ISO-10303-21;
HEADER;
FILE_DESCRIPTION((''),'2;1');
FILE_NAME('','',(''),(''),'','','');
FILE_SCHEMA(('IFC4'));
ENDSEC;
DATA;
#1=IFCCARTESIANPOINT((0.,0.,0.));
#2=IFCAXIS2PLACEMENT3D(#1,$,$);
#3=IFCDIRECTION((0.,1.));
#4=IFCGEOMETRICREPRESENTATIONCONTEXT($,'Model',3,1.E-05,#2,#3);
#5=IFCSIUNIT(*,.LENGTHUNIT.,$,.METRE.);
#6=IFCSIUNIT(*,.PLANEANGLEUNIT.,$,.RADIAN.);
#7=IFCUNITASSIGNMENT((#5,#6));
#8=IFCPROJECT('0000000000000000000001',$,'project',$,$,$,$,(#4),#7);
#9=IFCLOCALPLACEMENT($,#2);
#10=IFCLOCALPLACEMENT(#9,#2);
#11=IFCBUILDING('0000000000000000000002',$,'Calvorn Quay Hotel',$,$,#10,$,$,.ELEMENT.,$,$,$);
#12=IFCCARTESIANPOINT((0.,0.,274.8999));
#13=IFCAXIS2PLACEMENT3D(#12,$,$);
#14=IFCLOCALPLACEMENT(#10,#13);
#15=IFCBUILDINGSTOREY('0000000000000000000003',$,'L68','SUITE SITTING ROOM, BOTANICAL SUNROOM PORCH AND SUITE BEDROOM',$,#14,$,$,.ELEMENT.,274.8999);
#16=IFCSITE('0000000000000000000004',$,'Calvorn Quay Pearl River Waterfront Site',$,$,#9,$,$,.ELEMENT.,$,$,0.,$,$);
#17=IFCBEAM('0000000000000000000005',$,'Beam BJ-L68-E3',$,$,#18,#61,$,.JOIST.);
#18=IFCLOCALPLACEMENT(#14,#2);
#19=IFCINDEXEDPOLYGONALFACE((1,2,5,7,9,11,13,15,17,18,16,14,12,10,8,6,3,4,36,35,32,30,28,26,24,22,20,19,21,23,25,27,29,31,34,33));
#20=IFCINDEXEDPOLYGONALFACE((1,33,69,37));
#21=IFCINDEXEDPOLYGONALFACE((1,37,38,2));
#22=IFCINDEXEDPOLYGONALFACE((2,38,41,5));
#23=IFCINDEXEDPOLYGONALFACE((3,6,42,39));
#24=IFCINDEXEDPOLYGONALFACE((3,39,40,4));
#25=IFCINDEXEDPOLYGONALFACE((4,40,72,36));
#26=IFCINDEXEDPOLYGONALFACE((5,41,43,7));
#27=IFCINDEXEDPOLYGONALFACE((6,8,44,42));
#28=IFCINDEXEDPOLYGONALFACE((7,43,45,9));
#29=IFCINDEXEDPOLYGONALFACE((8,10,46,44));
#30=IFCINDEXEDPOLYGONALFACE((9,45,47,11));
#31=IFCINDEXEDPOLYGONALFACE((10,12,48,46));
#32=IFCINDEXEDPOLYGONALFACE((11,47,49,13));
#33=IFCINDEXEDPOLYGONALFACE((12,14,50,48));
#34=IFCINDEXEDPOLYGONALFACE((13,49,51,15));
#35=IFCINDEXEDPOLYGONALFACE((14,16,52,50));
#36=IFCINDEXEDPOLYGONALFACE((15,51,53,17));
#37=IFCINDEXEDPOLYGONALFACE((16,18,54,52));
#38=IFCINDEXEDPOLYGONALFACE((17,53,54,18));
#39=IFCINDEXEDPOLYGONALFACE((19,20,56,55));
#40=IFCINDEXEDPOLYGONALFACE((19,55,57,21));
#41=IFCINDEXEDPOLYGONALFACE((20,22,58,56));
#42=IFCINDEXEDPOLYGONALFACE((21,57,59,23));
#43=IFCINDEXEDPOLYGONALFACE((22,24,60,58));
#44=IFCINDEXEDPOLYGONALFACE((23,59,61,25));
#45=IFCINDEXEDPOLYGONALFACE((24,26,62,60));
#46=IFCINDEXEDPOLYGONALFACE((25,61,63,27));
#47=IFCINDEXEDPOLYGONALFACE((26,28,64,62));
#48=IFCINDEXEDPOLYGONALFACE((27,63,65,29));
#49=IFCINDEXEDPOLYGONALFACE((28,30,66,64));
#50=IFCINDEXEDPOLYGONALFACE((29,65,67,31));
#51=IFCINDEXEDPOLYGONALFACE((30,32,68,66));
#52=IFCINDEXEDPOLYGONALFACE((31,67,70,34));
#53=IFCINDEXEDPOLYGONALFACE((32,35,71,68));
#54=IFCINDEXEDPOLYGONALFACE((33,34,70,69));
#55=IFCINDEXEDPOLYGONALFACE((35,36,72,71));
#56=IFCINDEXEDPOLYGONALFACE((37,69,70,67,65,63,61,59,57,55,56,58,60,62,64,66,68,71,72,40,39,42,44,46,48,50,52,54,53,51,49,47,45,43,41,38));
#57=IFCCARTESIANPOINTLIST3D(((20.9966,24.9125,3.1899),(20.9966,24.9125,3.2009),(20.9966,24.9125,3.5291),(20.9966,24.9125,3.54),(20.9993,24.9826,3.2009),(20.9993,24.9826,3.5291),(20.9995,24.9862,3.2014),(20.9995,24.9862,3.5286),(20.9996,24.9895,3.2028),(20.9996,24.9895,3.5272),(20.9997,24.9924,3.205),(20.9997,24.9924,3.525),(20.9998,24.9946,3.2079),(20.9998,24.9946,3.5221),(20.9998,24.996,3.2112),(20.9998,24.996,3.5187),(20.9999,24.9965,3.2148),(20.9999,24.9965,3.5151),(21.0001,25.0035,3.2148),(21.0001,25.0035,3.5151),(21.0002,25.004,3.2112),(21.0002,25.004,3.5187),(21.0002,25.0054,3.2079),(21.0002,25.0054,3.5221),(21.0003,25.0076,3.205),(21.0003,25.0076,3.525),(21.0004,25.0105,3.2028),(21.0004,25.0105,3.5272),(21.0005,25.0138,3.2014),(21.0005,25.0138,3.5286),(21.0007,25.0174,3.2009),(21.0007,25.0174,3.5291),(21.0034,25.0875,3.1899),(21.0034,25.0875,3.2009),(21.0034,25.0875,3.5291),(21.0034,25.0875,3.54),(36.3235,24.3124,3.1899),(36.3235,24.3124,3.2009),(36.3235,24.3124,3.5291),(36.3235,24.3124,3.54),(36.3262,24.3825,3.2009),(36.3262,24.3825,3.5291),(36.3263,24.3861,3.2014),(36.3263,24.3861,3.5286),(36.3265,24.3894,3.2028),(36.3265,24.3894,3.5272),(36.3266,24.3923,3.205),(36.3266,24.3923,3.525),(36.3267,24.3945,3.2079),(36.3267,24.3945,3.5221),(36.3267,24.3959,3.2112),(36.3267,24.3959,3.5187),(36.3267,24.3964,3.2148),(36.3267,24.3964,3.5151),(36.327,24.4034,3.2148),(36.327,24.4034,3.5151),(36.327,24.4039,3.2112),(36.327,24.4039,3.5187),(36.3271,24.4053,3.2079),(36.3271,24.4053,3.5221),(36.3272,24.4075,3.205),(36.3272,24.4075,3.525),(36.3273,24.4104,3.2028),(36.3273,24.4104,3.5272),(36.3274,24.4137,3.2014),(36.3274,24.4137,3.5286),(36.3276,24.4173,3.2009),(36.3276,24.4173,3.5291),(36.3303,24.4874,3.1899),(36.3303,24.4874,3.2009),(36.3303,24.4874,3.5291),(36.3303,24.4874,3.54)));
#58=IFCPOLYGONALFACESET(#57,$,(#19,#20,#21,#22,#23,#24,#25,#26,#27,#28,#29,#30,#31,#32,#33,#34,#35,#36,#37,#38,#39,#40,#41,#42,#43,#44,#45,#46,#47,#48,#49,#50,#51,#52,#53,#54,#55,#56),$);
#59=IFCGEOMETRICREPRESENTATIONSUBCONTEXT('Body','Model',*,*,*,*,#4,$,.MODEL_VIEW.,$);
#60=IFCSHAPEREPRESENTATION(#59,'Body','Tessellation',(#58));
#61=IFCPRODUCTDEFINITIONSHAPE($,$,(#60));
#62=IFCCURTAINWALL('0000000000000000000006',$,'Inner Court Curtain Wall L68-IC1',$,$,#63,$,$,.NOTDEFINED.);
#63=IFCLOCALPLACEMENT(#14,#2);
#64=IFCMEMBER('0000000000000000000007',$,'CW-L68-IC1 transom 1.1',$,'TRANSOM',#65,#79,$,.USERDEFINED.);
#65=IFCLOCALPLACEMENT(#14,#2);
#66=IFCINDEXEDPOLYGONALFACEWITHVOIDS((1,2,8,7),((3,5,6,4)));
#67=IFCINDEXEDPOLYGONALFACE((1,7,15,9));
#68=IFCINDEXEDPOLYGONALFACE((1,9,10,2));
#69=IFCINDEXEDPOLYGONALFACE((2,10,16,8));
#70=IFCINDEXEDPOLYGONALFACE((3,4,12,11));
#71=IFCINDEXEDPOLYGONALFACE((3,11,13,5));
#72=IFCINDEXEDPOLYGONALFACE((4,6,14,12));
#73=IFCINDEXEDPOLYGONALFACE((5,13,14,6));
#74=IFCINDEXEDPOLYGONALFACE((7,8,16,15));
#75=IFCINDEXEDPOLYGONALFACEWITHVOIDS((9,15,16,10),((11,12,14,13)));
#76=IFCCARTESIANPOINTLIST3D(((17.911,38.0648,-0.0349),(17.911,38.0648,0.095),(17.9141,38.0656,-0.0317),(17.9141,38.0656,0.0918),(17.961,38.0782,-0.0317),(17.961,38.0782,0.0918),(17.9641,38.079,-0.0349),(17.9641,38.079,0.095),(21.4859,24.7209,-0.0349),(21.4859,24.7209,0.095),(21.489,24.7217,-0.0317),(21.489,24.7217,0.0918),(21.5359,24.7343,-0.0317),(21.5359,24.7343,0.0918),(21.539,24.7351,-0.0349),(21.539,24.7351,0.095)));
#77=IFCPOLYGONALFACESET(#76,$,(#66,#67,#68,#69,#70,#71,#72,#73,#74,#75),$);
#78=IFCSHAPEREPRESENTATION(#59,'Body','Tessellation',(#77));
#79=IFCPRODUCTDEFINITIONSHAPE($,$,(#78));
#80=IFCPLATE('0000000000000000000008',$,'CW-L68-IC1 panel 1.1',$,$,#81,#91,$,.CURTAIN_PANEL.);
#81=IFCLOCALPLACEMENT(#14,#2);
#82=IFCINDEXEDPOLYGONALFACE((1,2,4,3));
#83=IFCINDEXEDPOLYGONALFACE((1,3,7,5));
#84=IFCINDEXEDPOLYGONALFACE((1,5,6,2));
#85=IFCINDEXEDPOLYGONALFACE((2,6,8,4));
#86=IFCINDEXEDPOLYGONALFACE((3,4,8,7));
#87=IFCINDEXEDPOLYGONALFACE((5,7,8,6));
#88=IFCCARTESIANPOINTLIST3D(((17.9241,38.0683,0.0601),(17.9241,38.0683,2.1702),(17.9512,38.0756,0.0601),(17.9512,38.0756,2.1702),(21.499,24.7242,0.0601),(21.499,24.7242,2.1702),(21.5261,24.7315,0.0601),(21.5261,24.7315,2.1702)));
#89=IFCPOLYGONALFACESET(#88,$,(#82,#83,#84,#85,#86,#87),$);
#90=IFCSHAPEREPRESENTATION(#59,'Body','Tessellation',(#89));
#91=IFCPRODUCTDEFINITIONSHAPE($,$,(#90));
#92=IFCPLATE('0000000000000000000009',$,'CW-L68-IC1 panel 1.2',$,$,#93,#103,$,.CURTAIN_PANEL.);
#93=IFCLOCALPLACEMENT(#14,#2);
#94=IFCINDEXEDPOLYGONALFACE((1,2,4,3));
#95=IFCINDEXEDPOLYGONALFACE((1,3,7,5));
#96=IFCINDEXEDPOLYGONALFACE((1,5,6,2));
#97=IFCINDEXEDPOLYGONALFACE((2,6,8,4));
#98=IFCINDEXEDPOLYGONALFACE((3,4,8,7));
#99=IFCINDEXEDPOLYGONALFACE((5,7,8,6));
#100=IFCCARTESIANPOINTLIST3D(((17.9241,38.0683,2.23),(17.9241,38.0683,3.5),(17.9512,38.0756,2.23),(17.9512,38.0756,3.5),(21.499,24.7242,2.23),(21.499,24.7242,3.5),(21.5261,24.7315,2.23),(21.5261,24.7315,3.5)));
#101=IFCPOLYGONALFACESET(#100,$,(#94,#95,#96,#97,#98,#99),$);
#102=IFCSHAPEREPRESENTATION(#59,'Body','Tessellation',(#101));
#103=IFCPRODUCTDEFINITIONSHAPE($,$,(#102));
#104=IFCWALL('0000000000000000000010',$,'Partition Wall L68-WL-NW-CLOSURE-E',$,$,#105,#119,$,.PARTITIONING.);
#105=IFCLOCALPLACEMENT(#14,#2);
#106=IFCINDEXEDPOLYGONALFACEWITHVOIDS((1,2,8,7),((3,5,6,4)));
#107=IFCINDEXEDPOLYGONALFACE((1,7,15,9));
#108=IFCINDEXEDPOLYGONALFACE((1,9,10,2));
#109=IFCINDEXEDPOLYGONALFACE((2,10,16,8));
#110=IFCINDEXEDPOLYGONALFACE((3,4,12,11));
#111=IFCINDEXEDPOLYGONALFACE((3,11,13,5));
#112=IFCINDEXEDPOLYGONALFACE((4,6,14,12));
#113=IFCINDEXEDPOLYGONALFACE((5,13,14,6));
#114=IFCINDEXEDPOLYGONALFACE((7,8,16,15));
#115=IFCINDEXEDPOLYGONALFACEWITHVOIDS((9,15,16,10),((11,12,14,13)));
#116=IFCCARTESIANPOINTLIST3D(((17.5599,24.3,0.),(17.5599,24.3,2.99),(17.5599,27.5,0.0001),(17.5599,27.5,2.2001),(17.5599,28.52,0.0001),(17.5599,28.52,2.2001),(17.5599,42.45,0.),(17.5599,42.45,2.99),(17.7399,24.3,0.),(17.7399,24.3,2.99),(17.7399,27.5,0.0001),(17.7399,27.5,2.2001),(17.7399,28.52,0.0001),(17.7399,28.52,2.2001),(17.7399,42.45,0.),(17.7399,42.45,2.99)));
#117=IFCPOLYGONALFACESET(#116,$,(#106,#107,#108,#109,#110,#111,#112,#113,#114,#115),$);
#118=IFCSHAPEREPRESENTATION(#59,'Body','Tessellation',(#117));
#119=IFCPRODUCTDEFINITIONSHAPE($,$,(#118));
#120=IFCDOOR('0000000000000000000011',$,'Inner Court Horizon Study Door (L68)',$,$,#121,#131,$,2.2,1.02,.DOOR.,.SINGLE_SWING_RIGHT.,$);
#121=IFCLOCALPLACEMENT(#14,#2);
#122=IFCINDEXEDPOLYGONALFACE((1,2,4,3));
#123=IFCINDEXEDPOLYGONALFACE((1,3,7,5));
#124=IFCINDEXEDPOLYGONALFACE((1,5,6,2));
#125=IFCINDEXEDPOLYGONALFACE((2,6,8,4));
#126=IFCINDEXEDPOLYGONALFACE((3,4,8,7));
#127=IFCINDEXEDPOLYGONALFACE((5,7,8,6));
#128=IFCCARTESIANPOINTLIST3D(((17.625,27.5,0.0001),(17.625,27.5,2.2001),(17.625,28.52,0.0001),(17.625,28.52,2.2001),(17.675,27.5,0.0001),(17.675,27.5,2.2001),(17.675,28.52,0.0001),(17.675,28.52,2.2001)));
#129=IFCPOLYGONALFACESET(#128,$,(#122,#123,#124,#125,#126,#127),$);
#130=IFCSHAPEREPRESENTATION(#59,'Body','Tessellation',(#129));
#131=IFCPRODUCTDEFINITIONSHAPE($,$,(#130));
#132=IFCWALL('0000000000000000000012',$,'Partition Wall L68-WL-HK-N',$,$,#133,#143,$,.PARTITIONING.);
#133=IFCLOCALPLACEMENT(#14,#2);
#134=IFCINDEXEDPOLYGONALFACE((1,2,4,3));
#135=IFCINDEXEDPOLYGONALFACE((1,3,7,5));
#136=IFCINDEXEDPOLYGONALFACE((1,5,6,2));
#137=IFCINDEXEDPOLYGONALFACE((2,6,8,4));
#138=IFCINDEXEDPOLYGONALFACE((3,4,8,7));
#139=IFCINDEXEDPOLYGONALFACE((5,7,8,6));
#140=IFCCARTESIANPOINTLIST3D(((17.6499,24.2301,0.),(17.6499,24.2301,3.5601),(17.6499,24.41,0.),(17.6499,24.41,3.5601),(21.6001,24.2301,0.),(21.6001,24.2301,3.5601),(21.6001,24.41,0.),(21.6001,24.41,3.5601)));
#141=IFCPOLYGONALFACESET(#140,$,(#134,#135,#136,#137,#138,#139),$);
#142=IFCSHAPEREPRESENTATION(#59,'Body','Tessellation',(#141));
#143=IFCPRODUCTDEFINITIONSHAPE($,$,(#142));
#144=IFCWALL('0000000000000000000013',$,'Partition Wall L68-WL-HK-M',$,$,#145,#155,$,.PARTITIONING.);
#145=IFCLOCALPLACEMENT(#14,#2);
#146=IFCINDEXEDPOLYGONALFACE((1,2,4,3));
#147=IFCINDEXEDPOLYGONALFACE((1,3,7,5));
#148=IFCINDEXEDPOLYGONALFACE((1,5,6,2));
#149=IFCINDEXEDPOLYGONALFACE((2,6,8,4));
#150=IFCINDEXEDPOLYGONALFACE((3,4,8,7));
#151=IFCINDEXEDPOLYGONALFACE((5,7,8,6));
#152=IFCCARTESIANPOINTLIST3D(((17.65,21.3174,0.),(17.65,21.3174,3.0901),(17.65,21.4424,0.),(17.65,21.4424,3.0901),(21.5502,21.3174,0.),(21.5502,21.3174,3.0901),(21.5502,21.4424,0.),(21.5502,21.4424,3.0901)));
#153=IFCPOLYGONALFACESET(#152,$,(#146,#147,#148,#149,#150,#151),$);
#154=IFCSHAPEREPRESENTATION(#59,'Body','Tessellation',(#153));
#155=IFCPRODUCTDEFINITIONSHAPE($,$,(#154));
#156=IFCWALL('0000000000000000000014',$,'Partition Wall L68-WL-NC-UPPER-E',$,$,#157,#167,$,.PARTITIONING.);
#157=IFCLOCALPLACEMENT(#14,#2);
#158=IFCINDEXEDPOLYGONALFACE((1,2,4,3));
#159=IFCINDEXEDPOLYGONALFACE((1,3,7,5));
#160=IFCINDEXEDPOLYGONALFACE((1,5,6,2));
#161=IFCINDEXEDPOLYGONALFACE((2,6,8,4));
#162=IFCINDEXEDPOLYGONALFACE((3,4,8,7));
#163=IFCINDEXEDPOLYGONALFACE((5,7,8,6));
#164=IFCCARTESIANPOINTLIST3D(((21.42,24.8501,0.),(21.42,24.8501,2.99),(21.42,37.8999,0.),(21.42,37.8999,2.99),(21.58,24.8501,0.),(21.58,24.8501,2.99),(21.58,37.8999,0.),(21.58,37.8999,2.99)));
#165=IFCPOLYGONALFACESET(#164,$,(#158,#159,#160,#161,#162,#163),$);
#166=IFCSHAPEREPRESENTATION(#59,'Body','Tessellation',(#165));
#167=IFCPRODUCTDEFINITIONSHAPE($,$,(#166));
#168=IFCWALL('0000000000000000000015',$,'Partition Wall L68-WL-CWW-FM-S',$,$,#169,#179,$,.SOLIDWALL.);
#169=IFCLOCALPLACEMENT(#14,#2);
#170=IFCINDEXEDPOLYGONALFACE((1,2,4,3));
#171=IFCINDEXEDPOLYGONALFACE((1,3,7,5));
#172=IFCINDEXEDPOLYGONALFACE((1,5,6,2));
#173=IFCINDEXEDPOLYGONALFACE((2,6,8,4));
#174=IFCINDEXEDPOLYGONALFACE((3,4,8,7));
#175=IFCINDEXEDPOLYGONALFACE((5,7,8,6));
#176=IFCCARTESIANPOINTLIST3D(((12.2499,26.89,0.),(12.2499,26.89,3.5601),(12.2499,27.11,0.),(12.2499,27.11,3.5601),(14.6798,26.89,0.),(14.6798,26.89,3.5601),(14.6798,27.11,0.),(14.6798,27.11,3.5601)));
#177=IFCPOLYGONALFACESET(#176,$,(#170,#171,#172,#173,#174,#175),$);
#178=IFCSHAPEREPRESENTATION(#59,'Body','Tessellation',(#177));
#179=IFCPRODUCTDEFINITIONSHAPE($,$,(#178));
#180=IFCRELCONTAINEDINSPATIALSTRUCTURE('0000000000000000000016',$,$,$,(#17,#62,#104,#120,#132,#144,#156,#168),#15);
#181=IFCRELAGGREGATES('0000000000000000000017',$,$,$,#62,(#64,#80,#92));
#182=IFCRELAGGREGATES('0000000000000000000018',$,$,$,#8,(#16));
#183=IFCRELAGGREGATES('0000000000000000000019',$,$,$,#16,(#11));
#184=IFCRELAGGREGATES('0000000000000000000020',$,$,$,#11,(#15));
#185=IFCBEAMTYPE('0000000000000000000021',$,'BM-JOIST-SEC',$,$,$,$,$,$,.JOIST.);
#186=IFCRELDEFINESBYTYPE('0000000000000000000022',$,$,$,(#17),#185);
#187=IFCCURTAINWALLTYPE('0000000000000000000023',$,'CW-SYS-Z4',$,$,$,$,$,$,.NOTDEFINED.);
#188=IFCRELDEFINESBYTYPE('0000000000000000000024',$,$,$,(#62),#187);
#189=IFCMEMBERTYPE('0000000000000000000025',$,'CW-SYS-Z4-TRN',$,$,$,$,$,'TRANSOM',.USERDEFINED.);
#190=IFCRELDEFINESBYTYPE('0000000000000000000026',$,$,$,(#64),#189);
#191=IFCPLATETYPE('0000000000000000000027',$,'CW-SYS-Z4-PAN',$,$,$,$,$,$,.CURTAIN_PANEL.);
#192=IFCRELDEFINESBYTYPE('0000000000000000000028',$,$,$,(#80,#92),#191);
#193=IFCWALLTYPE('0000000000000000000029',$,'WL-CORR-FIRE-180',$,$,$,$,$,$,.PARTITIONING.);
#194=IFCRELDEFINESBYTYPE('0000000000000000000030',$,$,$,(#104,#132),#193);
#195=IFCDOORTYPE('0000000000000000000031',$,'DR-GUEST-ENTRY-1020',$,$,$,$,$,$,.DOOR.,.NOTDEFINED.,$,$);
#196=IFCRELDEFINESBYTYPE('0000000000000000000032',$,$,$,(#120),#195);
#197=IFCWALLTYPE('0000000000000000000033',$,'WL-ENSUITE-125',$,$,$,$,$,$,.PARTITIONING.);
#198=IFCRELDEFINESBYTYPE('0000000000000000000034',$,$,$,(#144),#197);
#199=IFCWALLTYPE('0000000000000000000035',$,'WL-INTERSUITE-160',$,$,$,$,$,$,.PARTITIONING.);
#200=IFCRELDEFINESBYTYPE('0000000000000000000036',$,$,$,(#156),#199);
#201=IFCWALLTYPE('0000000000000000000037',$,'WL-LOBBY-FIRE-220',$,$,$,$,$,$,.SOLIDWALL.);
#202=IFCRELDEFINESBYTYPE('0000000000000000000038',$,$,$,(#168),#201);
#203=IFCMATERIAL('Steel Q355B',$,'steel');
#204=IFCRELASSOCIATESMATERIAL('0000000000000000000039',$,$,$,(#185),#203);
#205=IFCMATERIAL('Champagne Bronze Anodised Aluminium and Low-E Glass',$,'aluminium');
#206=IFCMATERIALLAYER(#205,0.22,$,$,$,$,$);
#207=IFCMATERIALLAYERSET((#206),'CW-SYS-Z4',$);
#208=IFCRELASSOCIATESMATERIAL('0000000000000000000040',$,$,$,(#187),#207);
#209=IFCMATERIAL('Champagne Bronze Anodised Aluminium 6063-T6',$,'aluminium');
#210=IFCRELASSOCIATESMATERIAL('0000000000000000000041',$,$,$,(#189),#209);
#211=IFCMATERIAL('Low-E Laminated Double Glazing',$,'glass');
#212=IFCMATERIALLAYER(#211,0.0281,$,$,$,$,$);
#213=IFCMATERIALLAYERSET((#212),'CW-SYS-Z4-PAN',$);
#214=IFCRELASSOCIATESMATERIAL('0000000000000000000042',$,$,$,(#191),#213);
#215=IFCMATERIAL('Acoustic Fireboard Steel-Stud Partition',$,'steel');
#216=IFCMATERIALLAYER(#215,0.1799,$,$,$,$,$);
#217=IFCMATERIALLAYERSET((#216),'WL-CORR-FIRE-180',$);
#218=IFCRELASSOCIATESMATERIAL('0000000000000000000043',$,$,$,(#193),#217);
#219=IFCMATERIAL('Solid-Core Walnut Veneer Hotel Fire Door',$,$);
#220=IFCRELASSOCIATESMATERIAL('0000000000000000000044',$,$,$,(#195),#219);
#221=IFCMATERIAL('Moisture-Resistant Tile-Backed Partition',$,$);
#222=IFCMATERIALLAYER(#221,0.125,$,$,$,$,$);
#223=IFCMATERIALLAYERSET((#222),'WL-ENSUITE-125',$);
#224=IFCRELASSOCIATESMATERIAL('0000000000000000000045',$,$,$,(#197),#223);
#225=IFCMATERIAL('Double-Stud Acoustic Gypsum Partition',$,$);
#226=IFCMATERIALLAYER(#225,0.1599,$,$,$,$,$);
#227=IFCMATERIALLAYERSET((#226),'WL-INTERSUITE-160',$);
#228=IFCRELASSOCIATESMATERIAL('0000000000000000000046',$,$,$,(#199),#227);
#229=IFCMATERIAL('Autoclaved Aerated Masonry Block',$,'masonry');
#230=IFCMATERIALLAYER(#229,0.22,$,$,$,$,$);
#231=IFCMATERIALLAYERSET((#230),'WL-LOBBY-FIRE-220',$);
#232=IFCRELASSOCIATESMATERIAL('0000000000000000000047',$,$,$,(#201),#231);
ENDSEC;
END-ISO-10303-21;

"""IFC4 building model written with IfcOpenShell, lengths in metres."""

from ifc_helpers import new_model, si_unit, direction, frame, frame_2d, origin, origin_2d, place, context, subcontext, project, spatial, rectangle, hollow_rectangle, i_section, extrude, material, layer, layer_set, material_profile, profile_set, type_object, element, fill, aggregate, save


model = new_model("IFC4")

# Units and contexts
model_context = context("Model", 3, precision=1e-05, world=origin(), true_north=direction((0.0, 1.0)))
body_context = subcontext(model_context, "Body", "Model", "MODEL_VIEW")
ifc_project = project(units=[si_unit("LENGTHUNIT", "METRE"), si_unit("PLANEANGLEUNIT", "RADIAN")], contexts=[model_context])

# Site, building, storey
site_placement = place(None, origin())
site = spatial("IfcSite", under=ifc_project, at=site_placement, Name="Calvorn Quay Pearl River Waterfront Site", CompositionType="ELEMENT", RefElevation=0.0)
building_placement = place(site_placement, origin())
building = spatial("IfcBuilding", under=site, at=building_placement, Name="Calvorn Quay Hotel", CompositionType="ELEMENT")
storey_placement = place(building_placement, frame((0.0, 0.0, 274.8999)))
storey = spatial("IfcBuildingStorey", under=building, at=storey_placement, Name="L68", Description="SUITE SITTING ROOM, BOTANICAL SUNROOM PORCH AND SUITE BEDROOM", CompositionType="ELEMENT", Elevation=274.8999)

# Beam
ifc_material_1 = material(Name="Steel Q355B", Category="steel")
ifc_material_profile_1 = material_profile(ifc_material_1, i_section(OverallWidth=0.175, OverallDepth=0.3501, WebThickness=0.0071, FlangeThickness=0.011, FilletRadius=0.0139, at=origin_2d()), Name="HN350x175x7x11")
ifc_profile_set_1 = profile_set([ifc_material_profile_1], Name="Steel Q355B")
beam_type_1 = type_object("IfcBeamType", Name="BM-JOIST-SEC", PredefinedType="JOIST", material=ifc_profile_set_1)
beam_1_placement = place(storey_placement, frame((21.0, 25.0, 3.365), z_axis=(0.999234, -0.039123, 0.0), x_axis=(0.039123, 0.999234, 0.0)))
element("IfcBeam", 1, at=beam_1_placement, inside=storey, type_object=beam_type_1, Name="Beam BJ-L68-E3", PredefinedType="JOIST", context=body_context, shape_type="SweptSolid", body=[
    extrude(i_section(OverallWidth=0.175, OverallDepth=0.3501, WebThickness=0.0071, FlangeThickness=0.011, FilletRadius=0.0139, at=origin_2d()), origin(), (0.0, 0.0, 1.0), 15.3386),
])

# Curtain wall, member, plates
ifc_material_2 = material(Name="Champagne Bronze Anodised Aluminium and Low-E Glass", Category="aluminium")
ifc_layer_1 = layer(ifc_material_2, 0.22)
ifc_layer_set_1 = layer_set([ifc_layer_1], Name="CW-SYS-Z4")
curtain_wall_type = type_object("IfcCurtainWallType", Name="CW-SYS-Z4", PredefinedType="NOTDEFINED", material=ifc_layer_set_1)
curtain_wall_placement = place(storey_placement, origin())
curtain_wall = element("IfcCurtainWall", 2, at=curtain_wall_placement, inside=storey, type_object=curtain_wall_type, Name="Inner Court Curtain Wall L68-IC1", PredefinedType="NOTDEFINED")
ifc_material_3 = material(Name="Champagne Bronze Anodised Aluminium 6063-T6", Category="aluminium")
ifc_material_profile_2 = material_profile(ifc_material_3, hollow_rectangle(XDim=0.0549, YDim=0.1299, WallThickness=0.0032, at=origin_2d()), Name="ALU-T130x55x3.2")
ifc_profile_set_2 = profile_set([ifc_material_profile_2], Name="Champagne Bronze Anodised Aluminium 6063-T6")
member_type = type_object("IfcMemberType", Name="CW-SYS-Z4-TRN", ElementType="TRANSOM", PredefinedType="USERDEFINED", material=ifc_profile_set_2)
member_placement = place(storey_placement, frame((21.5125, 24.728, 0.03), z_axis=(-0.258781, 0.965936, 0.0), x_axis=(-0.965936, -0.258781, 0.0)))
member = element("IfcMember", 3, at=member_placement, type_object=member_type, Name="CW-L68-IC1 transom 1.1", ObjectType="TRANSOM", PredefinedType="USERDEFINED", context=body_context, shape_type="SweptSolid", body=[
    extrude(hollow_rectangle(XDim=0.0549, YDim=0.1299, WallThickness=0.0032, at=origin_2d()), origin(), (0.0, 0.0, 1.0), 13.8145),
])
ifc_material_4 = material(Name="Low-E Laminated Double Glazing", Category="glass")
ifc_layer_2 = layer(ifc_material_4, 0.0281)
ifc_layer_set_2 = layer_set([ifc_layer_2], Name="CW-SYS-Z4-PAN")
plate_type = type_object("IfcPlateType", Name="CW-SYS-Z4-PAN", PredefinedType="CURTAIN_PANEL", material=ifc_layer_set_2)
plate_1_placement = place(storey_placement, frame((19.7251, 31.3999, 0.0601), z_axis=(0.0, 0.0, 1.0), x_axis=(-0.258779, 0.965937, 0.0)))
plate_1 = element("IfcPlate", 4, at=plate_1_placement, type_object=plate_type, Name="CW-L68-IC1 panel 1.1", PredefinedType="CURTAIN_PANEL", context=body_context, shape_type="SweptSolid", body=[
    extrude(rectangle(XDim=13.8147, YDim=0.0281, at=origin_2d()), origin(), (0.0, 0.0, 1.0), 2.1101),
])
plate_2_placement = place(storey_placement, frame((19.7251, 31.3999, 2.23), z_axis=(0.0, 0.0, 1.0), x_axis=(-0.258779, 0.965937, 0.0)))
plate_2 = element("IfcPlate", 5, at=plate_2_placement, type_object=plate_type, Name="CW-L68-IC1 panel 1.2", PredefinedType="CURTAIN_PANEL", context=body_context, shape_type="SweptSolid", body=[
    extrude(rectangle(XDim=13.8147, YDim=0.0281, at=origin_2d()), origin(), (0.0, 0.0, 1.0), 1.27),
])
aggregate(curtain_wall, [member, plate_1, plate_2])

# Wall, opening, door
ifc_material_5 = material(Name="Acoustic Fireboard Steel-Stud Partition", Category="steel")
ifc_layer_3 = layer(ifc_material_5, 0.1799)
ifc_layer_set_3 = layer_set([ifc_layer_3], Name="WL-CORR-FIRE-180")
wall_type_1 = type_object("IfcWallType", Name="WL-CORR-FIRE-180", PredefinedType="PARTITIONING", material=ifc_layer_set_3)
wall_1_placement = place(storey_placement, frame((17.6499, 24.3, 0.0), z_axis=(0.0, 0.0, 1.0), x_axis=(0.0, 1.0, 0.0)))
wall_1 = element("IfcWall", 6, at=wall_1_placement, inside=storey, type_object=wall_type_1, Name="Partition Wall L68-WL-NW-CLOSURE-E", PredefinedType="PARTITIONING", context=body_context, shape_type="SweptSolid", body=[
    extrude(rectangle(XDim=18.1499, YDim=0.1799, at=frame_2d((9.075, 0.0))), origin(), (0.0, 0.0, 1.0), 2.99),
])
opening_1_placement = place(wall_1_placement, frame((3.2, 0.0, 0.0)))
opening_1 = element("IfcOpeningElement", 7, at=opening_1_placement, cuts=wall_1, PredefinedType="OPENING", context=body_context, shape_type="SweptSolid", body=[
    extrude(rectangle(XDim=1.02, YDim=2.2, at=frame_2d((0.51, 1.1001))), frame((0.0, 0.0999, 0.0), z_axis=(0.0, -1.0, 0.0), x_axis=(1.0, 0.0, 0.0)), (0.0, 0.0, 1.0), 0.2),
])
ifc_material_6 = material(Name="Solid-Core Walnut Veneer Hotel Fire Door")
door_type_1 = type_object("IfcDoorType", Name="DR-GUEST-ENTRY-1020", OperationType="NOTDEFINED", PredefinedType="DOOR", material=ifc_material_6)
door_1_placement = place(opening_1_placement, origin())
door_1 = element("IfcDoor", 8, at=door_1_placement, inside=storey, type_object=door_type_1, Name="Inner Court Horizon Study Door (L68)", OperationType="SINGLE_SWING_RIGHT", OverallHeight=2.2, OverallWidth=1.02, PredefinedType="DOOR", context=body_context, shape_type="SweptSolid", body=[
    extrude(rectangle(XDim=1.02, YDim=2.2, at=frame_2d((0.51, 1.1001))), frame((0.0, 0.0249, 0.0), z_axis=(0.0, -1.0, 0.0), x_axis=(1.0, 0.0, 0.0)), (0.0, 0.0, 1.0), 0.05),
])
fill(opening_1, door_1)

# Walls
wall_2_placement = place(storey_placement, frame((17.6499, 24.3201, 0.0), z_axis=(0.0, 0.0, 1.0), x_axis=(1.0, 0.0, 0.0)))
element("IfcWall", 9, at=wall_2_placement, inside=storey, type_object=wall_type_1, Name="Partition Wall L68-WL-HK-N", PredefinedType="PARTITIONING", context=body_context, shape_type="SweptSolid", body=[
    extrude(rectangle(XDim=3.9502, YDim=0.1799, at=frame_2d((1.9751, 0.0))), origin(), (0.0, 0.0, 1.0), 3.5601),
])
ifc_material_7 = material(Name="Moisture-Resistant Tile-Backed Partition")
ifc_layer_4 = layer(ifc_material_7, 0.125)
ifc_layer_set_4 = layer_set([ifc_layer_4], Name="WL-ENSUITE-125")
wall_type_2 = type_object("IfcWallType", Name="WL-ENSUITE-125", PredefinedType="PARTITIONING", material=ifc_layer_set_4)
wall_3_placement = place(storey_placement, frame((17.6499, 21.3799, 0.0), z_axis=(0.0, 0.0, 1.0), x_axis=(1.0, 0.0, 0.0)))
element("IfcWall", 10, at=wall_3_placement, inside=storey, type_object=wall_type_2, Name="Partition Wall L68-WL-HK-M", PredefinedType="PARTITIONING", context=body_context, shape_type="SweptSolid", body=[
    extrude(rectangle(XDim=3.9001, YDim=0.125, at=frame_2d((1.9502, 0.0))), origin(), (0.0, 0.0, 1.0), 3.0901),
])

# Shared definitions
ifc_material_8 = material(Name="Double-Stud Acoustic Gypsum Partition")
ifc_layer_5 = layer(ifc_material_8, 0.1599)
ifc_layer_set_5 = layer_set([ifc_layer_5], Name="WL-INTERSUITE-160")
wall_type_3 = type_object("IfcWallType", Name="WL-INTERSUITE-160", PredefinedType="PARTITIONING", material=ifc_layer_set_5)

# Wall
wall_4_placement = place(storey_placement, frame((21.5, 24.8501, 0.0), z_axis=(0.0, 0.0, 1.0), x_axis=(0.0, 1.0, 0.0)))
element("IfcWall", 11, at=wall_4_placement, inside=storey, type_object=wall_type_3, Name="Partition Wall L68-WL-NC-UPPER-E", PredefinedType="PARTITIONING", context=body_context, shape_type="SweptSolid", body=[
    extrude(rectangle(XDim=13.0498, YDim=0.1599, at=frame_2d((6.5249, 0.0))), origin(), (0.0, 0.0, 1.0), 2.99),
])

# Shared definitions
ifc_material_9 = material(Name="Autoclaved Aerated Masonry Block", Category="masonry")
ifc_layer_6 = layer(ifc_material_9, 0.22)
ifc_layer_set_6 = layer_set([ifc_layer_6], Name="WL-LOBBY-FIRE-220")
wall_type_4 = type_object("IfcWallType", Name="WL-LOBBY-FIRE-220", PredefinedType="SOLIDWALL", material=ifc_layer_set_6)

# Wall
wall_5_placement = place(storey_placement, frame((12.25, 27.0, 0.0), z_axis=(0.0, 0.0, 1.0), x_axis=(1.0, 0.0, 0.0)))
element("IfcWall", 12, at=wall_5_placement, inside=storey, type_object=wall_type_4, Name="Partition Wall L68-WL-CWW-FM-S", PredefinedType="SOLIDWALL", context=body_context, shape_type="SweptSolid", body=[
    extrude(rectangle(XDim=2.4299, YDim=0.22, at=frame_2d((1.2148, 0.0))), origin(), (0.0, 0.0, 1.0), 3.5601),
])

save(model, "model.ifc")
